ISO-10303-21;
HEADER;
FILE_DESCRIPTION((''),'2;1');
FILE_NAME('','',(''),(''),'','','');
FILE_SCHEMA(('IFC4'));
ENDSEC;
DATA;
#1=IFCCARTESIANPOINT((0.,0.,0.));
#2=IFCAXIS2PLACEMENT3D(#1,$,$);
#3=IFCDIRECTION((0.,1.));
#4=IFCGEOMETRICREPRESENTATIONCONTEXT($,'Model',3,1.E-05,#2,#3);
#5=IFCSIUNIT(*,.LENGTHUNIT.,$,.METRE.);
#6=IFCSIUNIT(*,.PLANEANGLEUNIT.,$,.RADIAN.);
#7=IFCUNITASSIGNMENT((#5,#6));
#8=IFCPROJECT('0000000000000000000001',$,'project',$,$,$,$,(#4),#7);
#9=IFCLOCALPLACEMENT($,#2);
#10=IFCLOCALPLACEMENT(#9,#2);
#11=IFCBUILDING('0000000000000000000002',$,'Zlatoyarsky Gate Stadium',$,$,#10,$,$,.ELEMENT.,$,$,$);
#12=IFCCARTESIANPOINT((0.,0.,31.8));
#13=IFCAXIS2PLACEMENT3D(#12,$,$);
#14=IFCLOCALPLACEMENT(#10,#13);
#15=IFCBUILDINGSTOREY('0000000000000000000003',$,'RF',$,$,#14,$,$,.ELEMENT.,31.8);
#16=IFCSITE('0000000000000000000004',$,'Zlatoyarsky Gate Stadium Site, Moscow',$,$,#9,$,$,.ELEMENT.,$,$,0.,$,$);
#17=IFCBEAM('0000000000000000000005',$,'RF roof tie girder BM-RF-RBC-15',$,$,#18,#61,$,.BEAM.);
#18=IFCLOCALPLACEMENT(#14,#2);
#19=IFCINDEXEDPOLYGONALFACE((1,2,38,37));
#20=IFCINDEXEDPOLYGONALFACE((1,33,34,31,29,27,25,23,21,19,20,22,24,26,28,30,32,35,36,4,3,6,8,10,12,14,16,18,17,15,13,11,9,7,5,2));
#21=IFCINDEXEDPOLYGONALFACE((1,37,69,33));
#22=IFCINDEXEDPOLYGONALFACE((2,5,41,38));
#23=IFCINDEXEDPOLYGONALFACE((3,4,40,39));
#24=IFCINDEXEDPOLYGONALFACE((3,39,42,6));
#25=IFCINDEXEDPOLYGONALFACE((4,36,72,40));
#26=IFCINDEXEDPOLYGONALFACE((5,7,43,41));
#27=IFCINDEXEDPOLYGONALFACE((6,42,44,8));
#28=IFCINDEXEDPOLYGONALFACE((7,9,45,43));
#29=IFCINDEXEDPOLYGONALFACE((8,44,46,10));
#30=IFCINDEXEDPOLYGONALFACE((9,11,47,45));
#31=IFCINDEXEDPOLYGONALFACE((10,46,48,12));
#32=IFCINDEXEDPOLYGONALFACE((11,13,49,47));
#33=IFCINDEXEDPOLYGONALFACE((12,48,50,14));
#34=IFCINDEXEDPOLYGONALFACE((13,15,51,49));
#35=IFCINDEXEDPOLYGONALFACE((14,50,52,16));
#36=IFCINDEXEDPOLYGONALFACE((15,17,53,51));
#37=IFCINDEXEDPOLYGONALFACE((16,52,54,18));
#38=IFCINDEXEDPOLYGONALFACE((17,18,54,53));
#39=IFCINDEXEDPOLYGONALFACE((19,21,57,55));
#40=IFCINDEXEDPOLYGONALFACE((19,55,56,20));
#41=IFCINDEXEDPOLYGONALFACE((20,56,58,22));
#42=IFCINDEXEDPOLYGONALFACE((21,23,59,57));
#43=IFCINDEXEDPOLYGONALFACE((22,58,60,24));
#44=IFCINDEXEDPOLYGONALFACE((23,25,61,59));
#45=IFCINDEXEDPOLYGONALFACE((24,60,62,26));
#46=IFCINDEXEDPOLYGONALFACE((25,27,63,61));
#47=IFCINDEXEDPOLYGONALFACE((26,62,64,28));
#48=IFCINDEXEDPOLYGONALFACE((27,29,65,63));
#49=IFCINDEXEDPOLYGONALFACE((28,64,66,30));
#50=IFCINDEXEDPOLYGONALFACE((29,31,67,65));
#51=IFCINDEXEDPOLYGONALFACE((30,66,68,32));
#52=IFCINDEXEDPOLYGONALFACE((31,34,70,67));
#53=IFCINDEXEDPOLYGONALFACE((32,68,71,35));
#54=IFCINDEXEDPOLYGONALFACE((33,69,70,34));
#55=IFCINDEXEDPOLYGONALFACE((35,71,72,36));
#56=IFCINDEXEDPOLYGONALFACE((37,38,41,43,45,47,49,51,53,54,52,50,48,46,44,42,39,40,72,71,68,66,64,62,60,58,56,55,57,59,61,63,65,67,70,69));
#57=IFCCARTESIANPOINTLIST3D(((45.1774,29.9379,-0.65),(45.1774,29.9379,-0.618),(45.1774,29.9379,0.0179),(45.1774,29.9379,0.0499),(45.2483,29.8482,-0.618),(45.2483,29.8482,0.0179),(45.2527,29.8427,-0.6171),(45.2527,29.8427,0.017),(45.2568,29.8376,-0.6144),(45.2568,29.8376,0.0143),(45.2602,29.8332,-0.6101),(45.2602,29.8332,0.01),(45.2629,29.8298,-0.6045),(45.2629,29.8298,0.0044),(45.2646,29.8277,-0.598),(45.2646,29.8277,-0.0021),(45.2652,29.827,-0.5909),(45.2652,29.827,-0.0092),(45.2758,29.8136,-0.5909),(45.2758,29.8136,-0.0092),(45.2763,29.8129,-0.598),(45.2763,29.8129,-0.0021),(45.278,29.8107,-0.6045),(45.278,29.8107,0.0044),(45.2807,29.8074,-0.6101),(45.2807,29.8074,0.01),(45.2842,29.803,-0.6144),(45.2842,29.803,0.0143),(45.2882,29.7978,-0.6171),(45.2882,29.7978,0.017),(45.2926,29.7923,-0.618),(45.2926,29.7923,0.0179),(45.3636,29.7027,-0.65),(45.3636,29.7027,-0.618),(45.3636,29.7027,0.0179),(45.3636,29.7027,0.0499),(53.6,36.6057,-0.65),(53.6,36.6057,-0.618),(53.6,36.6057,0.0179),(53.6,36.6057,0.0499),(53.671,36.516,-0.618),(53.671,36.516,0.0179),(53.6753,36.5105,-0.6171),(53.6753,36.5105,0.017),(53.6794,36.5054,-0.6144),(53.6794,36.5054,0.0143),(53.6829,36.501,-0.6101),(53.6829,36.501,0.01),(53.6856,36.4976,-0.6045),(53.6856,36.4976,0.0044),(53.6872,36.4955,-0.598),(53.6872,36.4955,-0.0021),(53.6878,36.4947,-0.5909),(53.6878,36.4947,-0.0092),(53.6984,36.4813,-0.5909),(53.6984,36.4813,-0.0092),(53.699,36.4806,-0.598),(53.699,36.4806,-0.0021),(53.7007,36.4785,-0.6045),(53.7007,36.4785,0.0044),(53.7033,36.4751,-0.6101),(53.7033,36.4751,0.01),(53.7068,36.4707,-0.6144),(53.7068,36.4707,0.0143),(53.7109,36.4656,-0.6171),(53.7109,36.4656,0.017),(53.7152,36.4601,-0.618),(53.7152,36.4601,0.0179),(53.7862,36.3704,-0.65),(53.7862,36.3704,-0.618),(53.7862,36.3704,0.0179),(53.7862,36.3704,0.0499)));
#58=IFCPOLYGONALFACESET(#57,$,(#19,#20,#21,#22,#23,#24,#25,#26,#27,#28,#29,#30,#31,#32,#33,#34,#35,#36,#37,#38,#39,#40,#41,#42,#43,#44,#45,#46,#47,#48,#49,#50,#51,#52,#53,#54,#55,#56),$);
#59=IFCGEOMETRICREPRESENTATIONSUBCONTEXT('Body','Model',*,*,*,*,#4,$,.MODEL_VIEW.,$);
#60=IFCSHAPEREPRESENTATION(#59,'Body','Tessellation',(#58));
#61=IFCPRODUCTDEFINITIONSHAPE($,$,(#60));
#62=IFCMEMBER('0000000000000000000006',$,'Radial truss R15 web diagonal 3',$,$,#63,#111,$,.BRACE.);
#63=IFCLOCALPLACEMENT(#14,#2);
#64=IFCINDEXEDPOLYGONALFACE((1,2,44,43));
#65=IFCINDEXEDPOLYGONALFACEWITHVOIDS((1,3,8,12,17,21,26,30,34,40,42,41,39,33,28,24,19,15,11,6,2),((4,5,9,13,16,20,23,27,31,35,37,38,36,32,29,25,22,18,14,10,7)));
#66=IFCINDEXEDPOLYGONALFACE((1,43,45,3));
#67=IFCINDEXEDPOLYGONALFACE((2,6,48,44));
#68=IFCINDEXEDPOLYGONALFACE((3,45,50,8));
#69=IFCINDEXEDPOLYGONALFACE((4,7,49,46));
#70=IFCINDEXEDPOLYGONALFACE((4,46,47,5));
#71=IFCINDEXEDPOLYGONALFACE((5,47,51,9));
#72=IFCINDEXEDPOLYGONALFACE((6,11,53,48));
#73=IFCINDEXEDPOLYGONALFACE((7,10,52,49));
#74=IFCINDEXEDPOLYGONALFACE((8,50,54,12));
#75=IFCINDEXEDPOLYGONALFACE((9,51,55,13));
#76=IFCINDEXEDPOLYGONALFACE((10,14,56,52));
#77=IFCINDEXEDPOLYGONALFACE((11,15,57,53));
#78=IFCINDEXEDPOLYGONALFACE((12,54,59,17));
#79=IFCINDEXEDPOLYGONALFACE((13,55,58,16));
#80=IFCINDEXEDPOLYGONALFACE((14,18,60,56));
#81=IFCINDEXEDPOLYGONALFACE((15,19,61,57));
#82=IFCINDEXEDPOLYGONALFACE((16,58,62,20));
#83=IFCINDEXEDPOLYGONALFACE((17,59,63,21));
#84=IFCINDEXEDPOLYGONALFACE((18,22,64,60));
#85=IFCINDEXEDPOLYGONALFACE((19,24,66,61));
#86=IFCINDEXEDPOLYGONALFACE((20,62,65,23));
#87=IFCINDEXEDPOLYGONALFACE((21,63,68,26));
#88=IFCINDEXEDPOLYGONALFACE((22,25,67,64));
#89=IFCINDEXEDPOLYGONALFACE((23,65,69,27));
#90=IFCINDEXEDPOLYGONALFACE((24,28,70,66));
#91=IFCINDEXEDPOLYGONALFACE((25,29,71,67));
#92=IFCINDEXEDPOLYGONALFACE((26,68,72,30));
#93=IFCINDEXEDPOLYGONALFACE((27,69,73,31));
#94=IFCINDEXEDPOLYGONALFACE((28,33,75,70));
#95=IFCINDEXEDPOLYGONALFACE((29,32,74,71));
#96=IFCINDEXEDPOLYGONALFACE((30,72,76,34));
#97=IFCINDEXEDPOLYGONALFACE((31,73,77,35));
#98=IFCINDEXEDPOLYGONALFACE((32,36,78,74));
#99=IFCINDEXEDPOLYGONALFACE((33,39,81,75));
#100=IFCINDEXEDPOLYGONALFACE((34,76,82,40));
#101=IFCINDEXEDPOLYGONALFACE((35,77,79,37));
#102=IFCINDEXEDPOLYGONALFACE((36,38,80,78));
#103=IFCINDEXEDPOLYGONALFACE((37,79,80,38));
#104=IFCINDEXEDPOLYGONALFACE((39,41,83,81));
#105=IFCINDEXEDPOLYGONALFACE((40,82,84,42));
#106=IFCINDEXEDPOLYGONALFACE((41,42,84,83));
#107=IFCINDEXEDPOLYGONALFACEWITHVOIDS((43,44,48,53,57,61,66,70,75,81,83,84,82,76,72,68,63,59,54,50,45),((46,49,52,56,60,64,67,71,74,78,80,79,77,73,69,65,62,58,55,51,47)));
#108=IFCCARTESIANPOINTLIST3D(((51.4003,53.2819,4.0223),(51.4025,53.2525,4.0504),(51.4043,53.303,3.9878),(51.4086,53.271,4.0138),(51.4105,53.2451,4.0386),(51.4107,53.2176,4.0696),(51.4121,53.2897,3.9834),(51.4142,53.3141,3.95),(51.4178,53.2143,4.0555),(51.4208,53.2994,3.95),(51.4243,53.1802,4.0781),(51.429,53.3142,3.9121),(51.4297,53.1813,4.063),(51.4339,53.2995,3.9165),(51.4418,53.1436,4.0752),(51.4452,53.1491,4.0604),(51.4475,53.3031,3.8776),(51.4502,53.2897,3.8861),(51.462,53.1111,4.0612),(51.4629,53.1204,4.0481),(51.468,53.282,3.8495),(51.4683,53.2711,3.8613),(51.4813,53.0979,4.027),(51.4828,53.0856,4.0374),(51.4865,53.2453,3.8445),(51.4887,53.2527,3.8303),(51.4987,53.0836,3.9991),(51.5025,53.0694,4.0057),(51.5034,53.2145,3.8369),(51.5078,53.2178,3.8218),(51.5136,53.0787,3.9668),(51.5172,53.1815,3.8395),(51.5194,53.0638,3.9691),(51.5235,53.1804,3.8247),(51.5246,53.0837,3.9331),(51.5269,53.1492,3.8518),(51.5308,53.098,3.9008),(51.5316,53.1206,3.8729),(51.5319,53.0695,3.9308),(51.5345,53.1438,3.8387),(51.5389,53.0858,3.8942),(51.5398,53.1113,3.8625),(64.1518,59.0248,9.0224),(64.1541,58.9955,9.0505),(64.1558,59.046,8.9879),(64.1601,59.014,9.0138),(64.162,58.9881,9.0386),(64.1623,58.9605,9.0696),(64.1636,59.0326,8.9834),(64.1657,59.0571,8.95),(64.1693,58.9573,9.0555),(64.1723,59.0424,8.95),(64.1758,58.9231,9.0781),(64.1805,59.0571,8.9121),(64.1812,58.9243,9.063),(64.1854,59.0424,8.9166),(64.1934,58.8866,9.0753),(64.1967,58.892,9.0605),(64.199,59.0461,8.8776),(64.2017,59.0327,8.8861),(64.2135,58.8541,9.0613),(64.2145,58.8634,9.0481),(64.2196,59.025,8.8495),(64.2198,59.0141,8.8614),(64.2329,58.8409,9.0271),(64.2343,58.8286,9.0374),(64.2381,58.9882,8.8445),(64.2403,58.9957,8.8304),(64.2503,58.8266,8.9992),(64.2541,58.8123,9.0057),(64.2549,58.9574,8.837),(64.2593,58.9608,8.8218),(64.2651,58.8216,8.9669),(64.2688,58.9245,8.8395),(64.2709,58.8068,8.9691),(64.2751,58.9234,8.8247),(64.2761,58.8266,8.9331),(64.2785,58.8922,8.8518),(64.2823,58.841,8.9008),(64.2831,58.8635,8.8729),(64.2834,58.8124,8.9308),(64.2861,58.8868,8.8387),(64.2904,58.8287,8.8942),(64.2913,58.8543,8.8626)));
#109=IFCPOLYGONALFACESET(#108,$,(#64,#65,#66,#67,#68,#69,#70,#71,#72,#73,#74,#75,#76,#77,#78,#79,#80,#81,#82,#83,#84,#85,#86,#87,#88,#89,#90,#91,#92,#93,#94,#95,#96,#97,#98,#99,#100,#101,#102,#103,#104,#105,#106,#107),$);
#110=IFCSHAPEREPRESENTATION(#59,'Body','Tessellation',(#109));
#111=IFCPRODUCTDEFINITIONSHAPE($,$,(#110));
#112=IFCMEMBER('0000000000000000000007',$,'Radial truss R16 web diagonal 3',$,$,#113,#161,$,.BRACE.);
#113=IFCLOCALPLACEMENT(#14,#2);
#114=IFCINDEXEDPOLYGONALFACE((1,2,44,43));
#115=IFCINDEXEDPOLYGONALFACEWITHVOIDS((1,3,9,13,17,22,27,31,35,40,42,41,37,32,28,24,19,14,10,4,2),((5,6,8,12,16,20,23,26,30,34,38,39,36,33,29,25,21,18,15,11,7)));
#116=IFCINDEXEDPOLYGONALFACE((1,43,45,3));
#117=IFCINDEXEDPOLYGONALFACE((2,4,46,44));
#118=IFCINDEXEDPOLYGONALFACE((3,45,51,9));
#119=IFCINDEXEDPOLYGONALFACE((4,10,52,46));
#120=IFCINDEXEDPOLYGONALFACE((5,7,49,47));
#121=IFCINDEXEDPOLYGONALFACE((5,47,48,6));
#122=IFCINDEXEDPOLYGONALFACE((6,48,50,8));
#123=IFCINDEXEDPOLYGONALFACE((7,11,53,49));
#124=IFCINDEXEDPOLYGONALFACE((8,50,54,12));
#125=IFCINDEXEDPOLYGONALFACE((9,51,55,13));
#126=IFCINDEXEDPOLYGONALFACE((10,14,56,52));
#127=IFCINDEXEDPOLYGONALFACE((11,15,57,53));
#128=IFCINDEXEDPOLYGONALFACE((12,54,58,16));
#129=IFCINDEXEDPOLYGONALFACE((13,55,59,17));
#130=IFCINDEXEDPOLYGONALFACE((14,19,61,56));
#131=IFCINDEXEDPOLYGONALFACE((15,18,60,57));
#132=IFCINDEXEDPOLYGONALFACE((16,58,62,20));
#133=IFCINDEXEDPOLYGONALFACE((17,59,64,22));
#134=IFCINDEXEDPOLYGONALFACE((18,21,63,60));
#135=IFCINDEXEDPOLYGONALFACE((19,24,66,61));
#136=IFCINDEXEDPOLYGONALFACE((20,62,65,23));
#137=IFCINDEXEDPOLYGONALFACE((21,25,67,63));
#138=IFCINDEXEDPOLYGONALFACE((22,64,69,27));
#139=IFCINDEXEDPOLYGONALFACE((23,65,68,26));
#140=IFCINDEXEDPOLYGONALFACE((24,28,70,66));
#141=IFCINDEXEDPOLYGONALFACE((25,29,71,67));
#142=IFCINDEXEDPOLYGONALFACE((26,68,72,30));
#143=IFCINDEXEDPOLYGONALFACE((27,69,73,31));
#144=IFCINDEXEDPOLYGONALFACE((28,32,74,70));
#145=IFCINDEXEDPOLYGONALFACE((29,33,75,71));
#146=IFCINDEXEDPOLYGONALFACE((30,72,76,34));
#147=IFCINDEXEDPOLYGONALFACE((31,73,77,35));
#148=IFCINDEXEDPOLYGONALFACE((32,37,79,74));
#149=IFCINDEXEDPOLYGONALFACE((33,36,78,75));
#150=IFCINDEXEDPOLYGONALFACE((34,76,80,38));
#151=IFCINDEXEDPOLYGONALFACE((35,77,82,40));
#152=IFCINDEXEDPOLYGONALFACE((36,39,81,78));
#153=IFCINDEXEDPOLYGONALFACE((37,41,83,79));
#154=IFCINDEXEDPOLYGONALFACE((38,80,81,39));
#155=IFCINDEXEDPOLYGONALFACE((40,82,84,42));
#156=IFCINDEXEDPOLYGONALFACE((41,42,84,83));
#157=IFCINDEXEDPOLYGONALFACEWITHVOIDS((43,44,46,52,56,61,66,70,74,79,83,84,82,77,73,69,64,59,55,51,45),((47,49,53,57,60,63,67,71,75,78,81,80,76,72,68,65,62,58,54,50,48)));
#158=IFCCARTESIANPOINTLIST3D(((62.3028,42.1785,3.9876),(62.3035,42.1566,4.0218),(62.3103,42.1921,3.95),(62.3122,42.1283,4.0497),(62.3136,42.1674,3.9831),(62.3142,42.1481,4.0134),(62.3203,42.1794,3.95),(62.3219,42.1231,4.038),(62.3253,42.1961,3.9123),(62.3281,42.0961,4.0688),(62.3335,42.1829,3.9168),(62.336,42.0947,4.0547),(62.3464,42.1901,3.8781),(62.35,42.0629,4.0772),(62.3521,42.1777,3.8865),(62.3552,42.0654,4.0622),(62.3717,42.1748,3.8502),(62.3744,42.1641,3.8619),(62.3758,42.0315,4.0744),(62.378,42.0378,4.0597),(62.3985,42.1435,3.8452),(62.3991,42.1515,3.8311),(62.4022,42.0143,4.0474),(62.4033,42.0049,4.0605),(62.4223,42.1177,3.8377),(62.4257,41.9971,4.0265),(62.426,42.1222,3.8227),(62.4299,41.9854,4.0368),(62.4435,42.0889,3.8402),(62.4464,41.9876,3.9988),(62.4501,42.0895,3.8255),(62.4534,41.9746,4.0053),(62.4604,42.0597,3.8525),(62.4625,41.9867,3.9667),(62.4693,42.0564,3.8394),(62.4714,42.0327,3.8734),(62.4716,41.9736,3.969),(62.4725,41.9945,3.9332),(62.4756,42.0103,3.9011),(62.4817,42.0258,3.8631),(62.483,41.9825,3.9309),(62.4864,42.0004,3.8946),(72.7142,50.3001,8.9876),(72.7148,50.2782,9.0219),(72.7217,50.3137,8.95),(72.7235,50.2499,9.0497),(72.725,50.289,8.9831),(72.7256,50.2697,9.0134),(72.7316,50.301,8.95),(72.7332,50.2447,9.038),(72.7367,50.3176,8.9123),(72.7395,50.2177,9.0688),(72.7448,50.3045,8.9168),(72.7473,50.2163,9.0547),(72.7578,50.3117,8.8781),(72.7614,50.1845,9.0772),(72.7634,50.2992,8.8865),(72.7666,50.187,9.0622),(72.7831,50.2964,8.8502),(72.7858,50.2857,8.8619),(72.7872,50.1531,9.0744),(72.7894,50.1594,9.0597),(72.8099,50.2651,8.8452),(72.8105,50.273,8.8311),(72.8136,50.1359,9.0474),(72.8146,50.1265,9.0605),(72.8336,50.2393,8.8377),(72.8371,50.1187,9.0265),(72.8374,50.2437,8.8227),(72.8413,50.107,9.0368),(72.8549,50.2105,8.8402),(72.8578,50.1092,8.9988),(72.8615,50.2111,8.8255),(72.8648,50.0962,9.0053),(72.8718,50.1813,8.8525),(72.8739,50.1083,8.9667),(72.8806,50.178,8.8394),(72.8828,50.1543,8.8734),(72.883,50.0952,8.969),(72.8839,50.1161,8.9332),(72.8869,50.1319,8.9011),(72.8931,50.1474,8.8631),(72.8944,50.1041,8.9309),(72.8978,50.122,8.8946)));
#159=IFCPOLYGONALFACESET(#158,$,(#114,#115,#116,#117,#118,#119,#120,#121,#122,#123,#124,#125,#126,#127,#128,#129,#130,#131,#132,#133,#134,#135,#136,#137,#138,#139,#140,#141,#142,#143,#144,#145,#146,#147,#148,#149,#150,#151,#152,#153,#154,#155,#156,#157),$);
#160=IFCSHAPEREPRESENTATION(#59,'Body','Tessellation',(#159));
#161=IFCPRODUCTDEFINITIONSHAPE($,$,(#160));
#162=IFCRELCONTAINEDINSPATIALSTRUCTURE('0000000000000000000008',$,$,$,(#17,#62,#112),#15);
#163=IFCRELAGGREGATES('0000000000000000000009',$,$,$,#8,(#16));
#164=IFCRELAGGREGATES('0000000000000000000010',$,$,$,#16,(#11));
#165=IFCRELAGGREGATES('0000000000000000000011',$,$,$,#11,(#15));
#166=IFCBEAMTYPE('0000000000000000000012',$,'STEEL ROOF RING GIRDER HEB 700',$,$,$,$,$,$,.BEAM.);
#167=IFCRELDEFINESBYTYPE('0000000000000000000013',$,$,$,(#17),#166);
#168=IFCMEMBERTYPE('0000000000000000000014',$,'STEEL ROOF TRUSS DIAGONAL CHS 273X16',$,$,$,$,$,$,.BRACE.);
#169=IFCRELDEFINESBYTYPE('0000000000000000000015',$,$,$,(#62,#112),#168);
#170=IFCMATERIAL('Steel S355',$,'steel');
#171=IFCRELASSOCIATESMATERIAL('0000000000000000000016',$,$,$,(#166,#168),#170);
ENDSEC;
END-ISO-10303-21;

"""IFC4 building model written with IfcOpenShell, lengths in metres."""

from ifc_helpers import new_model, si_unit, direction, frame, origin, origin_2d, place, context, subcontext, project, spatial, hollow_circle, i_section, extrude, material, material_profile, profile_set, type_object, element, save


model = new_model("IFC4")

# Units and contexts
model_context = context("Model", 3, precision=1e-05, world=origin(), true_north=direction((0.0, 1.0)))
body_context = subcontext(model_context, "Body", "Model", "MODEL_VIEW")
ifc_project = project(units=[si_unit("LENGTHUNIT", "METRE"), si_unit("PLANEANGLEUNIT", "RADIAN")], contexts=[model_context])

# Site, building, storey
site_placement = place(None, origin())
site = spatial("IfcSite", under=ifc_project, at=site_placement, Name="Zlatoyarsky Gate Stadium Site, Moscow", CompositionType="ELEMENT", RefElevation=0.0)
building_placement = place(site_placement, origin())
building = spatial("IfcBuilding", under=site, at=building_placement, Name="Zlatoyarsky Gate Stadium", CompositionType="ELEMENT")
storey_placement = place(building_placement, frame((0.0, 0.0, 31.8)))
storey = spatial("IfcBuildingStorey", under=building, at=storey_placement, Name="RF", CompositionType="ELEMENT", Elevation=31.8)

# Shared definitions
ifc_material_1 = material(Name="Steel S355", Category="steel")

# Beam
ifc_material_profile_1 = material_profile(ifc_material_1, i_section(OverallWidth=0.3, OverallDepth=0.7, WebThickness=0.0171, FlangeThickness=0.032, FilletRadius=0.0271, at=origin_2d()), Name="HEB 700")
ifc_profile_set_1 = profile_set([ifc_material_profile_1], Name="Steel S355")
beam_type = type_object("IfcBeamType", Name="STEEL ROOF RING GIRDER HEB 700", PredefinedType="BEAM", material=ifc_profile_set_1)
beam_placement = place(storey_placement, frame((53.6931, 36.488, -0.3), z_axis=(-0.784054, -0.620693, 0.0), x_axis=(0.620693, -0.784054, 0.0)))
element("IfcBeam", 1, at=beam_placement, inside=storey, type_object=beam_type, Name="RF roof tie girder BM-RF-RBC-15", PredefinedType="BEAM", context=body_context, shape_type="SweptSolid", body=[
    extrude(i_section(OverallWidth=0.3, OverallDepth=0.7, WebThickness=0.0171, FlangeThickness=0.032, FilletRadius=0.0271, at=origin_2d()), origin(), (0.0, 0.0, 1.0), 10.7424),
])

# Members
ifc_material_profile_2 = material_profile(ifc_material_1, hollow_circle(Radius=0.1365, WallThickness=0.0161, at=origin_2d()), Name="CHS 273X16")
ifc_profile_set_2 = profile_set([ifc_material_profile_2], Name="Steel S355")
member_type_1 = type_object("IfcMemberType", Name="STEEL ROOF TRUSS DIAGONAL CHS 273X16", PredefinedType="BRACE", material=ifc_profile_set_2)
member_1_placement = place(storey_placement, frame((51.4702, 53.1897, 3.95), z_axis=(0.858571, 0.386677, 0.336656), x_axis=(-0.410648, 0.911794, 0.0)))
element("IfcMember", 2, at=member_1_placement, inside=storey, type_object=member_type_1, Name="Radial truss R15 web diagonal 3", PredefinedType="BRACE", context=body_context, shape_type="SweptSolid", body=[
    extrude(hollow_circle(Radius=0.1365, WallThickness=0.0161, at=origin_2d()), origin(), (0.0, 0.0, 1.0), 14.8521),
])
member_2_placement = place(storey_placement, frame((62.3943, 42.0845, 3.95), z_axis=(0.737382, 0.575208, 0.354123), x_axis=(-0.615065, 0.788476, 0.0)))
element("IfcMember", 3, at=member_2_placement, inside=storey, type_object=member_type_1, Name="Radial truss R16 web diagonal 3", PredefinedType="BRACE", context=body_context, shape_type="SweptSolid", body=[
    extrude(hollow_circle(Radius=0.1365, WallThickness=0.0161, at=origin_2d()), origin(), (0.0, 0.0, 1.0), 14.1194),
])

save(model, "model.ifc")
